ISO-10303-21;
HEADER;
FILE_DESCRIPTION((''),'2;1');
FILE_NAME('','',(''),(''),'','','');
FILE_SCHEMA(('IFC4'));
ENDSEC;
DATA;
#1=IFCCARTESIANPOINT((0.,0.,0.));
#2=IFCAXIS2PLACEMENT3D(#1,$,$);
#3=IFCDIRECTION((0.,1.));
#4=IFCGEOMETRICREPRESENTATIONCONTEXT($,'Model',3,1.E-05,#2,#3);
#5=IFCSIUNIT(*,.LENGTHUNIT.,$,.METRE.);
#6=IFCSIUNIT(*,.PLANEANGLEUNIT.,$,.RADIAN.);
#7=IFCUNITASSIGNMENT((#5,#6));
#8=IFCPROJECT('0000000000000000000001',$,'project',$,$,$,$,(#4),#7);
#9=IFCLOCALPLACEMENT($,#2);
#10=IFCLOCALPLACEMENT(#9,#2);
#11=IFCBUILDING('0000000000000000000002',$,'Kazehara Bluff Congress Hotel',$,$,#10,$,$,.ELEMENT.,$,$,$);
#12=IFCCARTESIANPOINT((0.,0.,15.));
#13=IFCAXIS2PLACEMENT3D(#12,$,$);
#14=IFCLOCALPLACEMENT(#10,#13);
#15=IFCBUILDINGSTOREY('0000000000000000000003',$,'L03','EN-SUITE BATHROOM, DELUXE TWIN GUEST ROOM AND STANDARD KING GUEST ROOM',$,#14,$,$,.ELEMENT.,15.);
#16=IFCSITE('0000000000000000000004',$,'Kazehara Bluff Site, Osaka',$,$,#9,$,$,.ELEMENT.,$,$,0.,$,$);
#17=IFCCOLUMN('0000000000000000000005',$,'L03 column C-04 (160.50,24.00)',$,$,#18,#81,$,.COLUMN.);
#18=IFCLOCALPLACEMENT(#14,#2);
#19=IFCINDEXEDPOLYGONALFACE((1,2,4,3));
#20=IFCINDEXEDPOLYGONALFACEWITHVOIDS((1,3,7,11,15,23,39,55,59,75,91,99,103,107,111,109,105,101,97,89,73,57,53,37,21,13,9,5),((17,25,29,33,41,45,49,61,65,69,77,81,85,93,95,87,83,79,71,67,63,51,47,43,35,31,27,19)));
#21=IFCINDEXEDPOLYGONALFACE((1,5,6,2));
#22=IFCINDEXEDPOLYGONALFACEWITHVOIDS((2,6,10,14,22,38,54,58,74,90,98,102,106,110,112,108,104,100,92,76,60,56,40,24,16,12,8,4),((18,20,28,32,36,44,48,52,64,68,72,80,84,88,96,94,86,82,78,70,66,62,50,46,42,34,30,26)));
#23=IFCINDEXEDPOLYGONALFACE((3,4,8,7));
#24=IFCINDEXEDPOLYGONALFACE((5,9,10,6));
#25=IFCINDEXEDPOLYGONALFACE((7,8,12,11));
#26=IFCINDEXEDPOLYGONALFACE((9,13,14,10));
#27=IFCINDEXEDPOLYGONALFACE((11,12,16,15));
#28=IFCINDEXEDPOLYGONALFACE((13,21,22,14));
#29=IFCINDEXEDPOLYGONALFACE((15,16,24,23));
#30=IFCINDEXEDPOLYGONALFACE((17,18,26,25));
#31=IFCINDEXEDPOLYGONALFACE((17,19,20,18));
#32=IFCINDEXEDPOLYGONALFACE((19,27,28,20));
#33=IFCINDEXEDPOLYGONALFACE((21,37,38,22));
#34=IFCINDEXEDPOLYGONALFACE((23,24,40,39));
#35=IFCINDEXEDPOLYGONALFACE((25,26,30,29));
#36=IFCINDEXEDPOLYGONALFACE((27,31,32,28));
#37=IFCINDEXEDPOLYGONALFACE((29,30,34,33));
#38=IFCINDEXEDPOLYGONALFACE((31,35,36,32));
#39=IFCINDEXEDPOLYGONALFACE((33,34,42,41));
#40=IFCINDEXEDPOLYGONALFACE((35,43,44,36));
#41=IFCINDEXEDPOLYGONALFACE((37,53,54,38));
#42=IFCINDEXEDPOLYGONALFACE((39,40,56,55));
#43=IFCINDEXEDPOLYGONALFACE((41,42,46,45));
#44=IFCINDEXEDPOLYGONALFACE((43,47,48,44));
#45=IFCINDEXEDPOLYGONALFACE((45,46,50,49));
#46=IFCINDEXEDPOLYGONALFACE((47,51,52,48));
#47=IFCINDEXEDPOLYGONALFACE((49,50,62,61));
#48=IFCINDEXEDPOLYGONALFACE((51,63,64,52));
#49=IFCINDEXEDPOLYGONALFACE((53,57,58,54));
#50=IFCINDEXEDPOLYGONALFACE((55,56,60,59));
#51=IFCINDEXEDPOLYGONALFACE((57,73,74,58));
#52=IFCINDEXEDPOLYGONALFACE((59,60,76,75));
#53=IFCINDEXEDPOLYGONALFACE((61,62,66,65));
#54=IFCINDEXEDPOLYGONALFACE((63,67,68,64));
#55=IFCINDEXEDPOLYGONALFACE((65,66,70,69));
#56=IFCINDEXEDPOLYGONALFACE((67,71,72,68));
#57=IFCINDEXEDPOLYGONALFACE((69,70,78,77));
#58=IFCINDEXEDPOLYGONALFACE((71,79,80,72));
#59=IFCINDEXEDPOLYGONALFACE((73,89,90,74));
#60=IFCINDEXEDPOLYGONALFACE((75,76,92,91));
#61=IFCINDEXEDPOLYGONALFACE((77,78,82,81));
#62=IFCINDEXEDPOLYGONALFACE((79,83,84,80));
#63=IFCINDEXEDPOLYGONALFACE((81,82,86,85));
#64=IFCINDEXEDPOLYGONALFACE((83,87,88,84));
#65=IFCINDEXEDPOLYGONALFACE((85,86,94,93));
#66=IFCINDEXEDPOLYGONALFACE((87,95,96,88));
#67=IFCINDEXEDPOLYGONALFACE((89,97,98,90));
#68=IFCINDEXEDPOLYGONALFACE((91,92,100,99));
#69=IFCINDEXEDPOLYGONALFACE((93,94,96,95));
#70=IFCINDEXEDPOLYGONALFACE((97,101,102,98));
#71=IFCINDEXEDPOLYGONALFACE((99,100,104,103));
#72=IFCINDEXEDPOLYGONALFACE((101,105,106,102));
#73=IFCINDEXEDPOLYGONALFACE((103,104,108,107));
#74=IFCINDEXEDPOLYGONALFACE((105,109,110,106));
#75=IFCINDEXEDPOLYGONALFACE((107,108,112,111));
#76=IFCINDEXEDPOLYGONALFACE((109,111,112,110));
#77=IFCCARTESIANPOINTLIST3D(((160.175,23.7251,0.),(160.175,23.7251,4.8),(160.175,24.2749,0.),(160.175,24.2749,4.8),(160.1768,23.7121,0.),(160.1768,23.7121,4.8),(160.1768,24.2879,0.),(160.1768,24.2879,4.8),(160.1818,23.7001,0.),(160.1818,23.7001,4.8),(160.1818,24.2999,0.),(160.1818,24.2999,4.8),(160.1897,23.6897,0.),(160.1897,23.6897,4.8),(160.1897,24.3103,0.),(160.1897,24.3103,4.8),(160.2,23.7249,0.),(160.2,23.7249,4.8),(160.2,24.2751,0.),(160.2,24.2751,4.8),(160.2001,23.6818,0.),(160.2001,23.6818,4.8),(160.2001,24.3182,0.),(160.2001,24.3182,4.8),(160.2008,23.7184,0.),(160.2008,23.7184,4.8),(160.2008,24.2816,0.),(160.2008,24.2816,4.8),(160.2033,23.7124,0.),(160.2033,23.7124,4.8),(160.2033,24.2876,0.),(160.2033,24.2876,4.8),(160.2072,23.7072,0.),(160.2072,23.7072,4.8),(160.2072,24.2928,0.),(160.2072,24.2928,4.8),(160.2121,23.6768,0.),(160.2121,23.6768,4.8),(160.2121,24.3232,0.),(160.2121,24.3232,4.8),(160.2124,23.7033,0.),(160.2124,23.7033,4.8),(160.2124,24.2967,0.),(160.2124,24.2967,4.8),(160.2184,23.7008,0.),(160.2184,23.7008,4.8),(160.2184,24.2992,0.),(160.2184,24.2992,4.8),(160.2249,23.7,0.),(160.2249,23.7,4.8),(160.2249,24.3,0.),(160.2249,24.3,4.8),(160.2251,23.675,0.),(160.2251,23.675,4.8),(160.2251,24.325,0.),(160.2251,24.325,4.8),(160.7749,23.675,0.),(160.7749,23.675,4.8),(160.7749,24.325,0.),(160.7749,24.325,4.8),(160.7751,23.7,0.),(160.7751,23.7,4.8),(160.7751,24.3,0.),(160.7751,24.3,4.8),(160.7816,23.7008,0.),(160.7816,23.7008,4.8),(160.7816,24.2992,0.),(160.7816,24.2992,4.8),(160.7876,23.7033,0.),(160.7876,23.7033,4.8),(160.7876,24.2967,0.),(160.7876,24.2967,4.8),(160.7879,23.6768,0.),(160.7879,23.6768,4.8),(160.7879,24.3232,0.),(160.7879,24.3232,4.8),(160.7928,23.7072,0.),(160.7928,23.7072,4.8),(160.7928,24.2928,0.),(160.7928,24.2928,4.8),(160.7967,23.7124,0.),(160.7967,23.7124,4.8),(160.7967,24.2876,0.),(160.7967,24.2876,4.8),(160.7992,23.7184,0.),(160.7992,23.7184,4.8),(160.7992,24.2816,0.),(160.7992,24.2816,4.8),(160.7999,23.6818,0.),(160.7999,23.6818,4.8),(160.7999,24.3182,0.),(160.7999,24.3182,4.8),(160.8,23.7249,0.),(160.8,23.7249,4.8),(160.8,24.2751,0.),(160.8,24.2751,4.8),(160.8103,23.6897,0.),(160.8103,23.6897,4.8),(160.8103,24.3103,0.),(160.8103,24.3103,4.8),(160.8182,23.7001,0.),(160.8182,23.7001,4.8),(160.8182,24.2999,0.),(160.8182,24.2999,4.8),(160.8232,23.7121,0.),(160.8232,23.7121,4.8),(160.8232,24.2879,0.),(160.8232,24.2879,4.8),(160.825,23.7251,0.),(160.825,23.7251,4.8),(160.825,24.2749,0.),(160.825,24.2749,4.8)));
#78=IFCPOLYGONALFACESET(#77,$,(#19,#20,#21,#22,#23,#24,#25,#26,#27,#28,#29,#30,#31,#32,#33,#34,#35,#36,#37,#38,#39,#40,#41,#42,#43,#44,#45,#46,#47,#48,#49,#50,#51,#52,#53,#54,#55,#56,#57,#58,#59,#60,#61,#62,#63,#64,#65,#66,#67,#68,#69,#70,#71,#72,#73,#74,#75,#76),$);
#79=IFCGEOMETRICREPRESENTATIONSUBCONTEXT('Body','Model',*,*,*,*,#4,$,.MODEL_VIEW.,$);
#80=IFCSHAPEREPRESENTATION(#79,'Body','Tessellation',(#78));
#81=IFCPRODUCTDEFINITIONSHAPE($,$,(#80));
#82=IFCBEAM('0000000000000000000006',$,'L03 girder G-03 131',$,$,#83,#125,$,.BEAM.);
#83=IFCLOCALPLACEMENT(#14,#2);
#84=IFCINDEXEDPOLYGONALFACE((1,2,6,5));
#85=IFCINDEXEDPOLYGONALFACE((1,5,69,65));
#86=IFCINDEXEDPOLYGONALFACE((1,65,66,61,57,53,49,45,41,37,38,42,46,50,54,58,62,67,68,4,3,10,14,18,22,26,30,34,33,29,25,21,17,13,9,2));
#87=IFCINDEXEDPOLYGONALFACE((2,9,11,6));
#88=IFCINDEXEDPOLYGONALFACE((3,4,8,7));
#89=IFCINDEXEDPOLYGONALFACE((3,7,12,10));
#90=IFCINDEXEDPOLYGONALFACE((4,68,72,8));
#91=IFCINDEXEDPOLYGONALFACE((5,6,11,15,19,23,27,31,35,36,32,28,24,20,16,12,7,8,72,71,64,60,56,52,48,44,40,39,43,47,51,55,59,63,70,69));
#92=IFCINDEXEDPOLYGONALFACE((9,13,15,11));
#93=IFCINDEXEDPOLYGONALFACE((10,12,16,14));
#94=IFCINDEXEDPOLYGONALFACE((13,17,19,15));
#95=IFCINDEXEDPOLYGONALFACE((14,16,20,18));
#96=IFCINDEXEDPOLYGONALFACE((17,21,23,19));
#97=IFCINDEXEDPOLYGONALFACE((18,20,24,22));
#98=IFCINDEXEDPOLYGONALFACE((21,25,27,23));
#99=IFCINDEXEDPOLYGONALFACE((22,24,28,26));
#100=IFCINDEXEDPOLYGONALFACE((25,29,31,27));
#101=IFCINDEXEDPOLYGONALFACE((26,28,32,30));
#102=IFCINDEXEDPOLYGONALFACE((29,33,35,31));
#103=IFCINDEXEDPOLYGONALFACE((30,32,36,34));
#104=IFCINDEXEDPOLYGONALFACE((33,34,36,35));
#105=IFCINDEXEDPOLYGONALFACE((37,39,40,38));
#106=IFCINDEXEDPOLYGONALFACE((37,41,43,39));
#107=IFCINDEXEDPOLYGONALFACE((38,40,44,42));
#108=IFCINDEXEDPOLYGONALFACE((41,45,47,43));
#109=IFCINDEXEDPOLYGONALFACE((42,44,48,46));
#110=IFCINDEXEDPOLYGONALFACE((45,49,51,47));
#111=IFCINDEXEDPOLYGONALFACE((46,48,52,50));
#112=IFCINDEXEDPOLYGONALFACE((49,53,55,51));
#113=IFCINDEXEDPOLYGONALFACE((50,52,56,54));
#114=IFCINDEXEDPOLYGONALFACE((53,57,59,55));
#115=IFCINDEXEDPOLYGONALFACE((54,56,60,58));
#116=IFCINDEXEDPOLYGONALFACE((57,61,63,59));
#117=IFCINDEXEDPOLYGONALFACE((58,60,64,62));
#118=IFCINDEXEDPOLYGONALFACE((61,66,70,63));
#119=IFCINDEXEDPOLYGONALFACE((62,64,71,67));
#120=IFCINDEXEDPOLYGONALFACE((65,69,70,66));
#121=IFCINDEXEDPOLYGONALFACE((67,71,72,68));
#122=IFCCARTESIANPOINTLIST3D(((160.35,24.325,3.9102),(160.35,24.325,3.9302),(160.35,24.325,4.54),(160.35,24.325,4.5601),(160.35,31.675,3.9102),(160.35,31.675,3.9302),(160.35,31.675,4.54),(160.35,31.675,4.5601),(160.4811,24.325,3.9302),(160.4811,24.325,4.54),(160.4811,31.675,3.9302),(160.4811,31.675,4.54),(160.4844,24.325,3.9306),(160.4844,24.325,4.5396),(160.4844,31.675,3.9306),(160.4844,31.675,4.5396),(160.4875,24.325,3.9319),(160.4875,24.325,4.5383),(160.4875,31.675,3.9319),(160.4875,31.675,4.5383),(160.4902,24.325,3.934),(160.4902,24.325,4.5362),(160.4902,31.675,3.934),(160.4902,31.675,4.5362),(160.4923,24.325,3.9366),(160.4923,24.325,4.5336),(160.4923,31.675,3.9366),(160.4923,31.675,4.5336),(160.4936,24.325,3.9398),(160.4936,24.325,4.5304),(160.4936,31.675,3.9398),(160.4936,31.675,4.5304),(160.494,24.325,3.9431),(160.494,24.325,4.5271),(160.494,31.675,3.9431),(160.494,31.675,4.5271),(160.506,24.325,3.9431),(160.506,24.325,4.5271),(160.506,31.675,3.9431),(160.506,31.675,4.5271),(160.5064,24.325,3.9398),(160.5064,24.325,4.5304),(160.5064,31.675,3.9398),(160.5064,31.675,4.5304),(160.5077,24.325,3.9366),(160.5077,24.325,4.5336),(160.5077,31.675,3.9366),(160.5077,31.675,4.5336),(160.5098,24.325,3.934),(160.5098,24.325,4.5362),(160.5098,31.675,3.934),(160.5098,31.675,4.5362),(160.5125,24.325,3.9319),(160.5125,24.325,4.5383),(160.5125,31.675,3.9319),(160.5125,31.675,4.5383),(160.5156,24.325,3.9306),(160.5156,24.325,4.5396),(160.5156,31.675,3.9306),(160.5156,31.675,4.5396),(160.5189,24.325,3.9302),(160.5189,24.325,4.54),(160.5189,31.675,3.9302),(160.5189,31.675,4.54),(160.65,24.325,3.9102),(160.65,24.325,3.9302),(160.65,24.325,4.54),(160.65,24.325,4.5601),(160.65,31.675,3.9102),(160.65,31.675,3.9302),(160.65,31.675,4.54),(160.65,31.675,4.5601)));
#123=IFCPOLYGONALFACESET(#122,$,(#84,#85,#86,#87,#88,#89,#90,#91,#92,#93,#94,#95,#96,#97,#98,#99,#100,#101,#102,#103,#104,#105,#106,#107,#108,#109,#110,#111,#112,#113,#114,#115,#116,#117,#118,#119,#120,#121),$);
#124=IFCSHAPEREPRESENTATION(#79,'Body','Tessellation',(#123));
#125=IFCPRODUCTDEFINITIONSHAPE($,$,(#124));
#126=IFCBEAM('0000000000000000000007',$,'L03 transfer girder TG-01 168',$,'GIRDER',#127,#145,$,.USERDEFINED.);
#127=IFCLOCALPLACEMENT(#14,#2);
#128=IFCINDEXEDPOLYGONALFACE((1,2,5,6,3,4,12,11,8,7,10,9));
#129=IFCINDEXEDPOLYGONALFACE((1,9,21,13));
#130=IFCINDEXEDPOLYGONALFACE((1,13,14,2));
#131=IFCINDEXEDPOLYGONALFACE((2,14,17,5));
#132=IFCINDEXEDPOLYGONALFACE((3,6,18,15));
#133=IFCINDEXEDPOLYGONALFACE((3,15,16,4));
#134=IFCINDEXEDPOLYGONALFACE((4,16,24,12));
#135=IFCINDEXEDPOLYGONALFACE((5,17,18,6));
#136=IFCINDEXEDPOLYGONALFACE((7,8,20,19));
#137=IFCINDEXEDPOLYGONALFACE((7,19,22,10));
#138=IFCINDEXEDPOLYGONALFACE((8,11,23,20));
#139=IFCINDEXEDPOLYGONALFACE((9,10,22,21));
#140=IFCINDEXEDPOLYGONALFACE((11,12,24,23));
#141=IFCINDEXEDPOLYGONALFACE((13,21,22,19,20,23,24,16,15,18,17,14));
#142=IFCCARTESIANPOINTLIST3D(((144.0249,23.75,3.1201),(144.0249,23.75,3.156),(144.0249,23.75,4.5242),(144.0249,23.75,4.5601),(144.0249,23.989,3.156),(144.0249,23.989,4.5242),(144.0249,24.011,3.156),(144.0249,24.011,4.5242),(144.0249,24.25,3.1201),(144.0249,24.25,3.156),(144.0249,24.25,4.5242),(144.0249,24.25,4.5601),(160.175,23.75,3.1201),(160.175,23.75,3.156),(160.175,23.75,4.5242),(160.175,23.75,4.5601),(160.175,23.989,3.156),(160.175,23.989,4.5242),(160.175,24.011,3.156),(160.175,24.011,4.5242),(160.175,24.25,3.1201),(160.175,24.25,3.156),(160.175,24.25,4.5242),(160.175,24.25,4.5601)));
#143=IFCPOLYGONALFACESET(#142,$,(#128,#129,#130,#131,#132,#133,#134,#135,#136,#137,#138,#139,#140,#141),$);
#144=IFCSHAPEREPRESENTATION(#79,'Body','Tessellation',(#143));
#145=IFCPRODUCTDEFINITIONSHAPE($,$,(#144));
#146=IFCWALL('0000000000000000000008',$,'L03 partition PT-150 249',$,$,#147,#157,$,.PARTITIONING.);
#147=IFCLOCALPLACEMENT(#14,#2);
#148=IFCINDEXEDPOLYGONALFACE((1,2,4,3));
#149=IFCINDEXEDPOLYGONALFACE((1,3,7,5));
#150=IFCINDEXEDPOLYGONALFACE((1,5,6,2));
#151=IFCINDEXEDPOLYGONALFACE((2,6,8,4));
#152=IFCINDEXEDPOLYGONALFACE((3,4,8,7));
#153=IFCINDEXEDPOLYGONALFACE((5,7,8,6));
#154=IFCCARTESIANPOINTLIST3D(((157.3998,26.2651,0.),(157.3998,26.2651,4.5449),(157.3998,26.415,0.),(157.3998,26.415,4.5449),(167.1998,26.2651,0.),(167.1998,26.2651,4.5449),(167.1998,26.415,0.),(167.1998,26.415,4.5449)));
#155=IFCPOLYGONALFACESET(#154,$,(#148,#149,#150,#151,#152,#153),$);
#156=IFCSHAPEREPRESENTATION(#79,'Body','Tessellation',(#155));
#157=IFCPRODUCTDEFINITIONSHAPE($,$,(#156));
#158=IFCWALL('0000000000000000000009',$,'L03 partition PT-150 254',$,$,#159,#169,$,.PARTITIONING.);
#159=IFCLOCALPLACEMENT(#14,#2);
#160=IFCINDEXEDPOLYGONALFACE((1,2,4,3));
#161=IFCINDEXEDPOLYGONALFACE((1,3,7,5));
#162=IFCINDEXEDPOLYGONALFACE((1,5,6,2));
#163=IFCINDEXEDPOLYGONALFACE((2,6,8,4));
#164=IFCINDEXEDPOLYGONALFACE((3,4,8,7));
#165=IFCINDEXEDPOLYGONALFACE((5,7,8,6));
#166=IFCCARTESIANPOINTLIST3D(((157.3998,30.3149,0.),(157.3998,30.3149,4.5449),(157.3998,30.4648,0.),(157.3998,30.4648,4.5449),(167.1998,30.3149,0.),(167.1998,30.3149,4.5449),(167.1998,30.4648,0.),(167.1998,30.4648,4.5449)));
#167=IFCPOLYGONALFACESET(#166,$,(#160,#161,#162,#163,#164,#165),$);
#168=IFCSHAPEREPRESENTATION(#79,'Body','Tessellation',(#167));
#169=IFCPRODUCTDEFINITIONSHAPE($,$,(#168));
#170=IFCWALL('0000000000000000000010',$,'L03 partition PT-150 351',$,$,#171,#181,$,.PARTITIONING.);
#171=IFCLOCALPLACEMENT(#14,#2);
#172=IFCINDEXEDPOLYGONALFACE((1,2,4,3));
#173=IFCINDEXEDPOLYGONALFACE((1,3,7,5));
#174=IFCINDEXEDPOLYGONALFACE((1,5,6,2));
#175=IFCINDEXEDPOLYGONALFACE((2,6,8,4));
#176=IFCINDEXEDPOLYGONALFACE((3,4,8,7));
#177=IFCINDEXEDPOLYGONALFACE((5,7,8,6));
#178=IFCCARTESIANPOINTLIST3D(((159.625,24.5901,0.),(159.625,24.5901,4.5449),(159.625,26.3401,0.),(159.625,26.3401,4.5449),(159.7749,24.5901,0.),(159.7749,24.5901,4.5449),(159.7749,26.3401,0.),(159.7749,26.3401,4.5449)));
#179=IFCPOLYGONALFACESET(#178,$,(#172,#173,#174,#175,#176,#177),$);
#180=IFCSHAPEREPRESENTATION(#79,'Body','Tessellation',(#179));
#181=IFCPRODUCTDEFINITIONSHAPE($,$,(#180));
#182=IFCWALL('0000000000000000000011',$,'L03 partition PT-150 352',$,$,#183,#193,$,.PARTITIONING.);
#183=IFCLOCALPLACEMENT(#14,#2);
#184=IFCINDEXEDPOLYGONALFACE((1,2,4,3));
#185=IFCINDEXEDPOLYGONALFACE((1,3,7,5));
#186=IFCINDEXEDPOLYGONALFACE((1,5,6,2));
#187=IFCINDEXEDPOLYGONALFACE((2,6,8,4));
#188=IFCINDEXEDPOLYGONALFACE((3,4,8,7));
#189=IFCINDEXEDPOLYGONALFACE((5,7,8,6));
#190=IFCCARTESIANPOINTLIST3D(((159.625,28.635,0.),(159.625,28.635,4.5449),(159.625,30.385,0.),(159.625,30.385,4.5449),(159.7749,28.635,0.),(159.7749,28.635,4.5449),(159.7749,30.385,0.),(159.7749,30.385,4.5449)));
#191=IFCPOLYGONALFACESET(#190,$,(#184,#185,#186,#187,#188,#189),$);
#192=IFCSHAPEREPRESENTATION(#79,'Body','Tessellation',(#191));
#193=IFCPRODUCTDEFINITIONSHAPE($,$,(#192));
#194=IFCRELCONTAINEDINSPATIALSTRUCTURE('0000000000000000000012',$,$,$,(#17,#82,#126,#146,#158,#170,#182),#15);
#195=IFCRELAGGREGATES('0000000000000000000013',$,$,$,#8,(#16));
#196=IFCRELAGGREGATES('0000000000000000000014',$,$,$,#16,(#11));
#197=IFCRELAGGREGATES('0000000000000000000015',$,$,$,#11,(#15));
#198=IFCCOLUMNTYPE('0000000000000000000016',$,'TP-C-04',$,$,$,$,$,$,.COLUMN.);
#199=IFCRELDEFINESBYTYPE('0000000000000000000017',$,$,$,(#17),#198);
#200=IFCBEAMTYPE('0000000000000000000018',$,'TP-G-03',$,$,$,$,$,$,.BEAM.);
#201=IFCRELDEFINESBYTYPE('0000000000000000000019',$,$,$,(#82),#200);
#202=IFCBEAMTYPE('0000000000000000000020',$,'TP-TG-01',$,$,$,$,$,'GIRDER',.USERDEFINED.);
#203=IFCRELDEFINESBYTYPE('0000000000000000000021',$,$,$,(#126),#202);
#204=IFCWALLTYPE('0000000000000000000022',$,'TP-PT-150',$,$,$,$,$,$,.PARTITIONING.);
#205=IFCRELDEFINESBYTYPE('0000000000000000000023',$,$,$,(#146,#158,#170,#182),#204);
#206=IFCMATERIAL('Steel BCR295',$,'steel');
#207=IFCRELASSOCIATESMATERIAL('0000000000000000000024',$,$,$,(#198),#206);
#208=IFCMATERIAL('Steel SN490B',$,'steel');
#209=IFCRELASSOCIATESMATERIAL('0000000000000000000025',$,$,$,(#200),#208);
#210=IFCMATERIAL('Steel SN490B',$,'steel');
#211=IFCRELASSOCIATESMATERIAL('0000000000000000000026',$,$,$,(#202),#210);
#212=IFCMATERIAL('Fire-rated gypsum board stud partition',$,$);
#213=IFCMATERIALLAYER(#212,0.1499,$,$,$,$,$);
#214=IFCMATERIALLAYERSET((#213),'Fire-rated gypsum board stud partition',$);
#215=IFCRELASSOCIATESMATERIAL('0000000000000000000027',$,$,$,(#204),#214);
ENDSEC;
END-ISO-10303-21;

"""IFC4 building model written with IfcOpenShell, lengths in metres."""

from ifc_helpers import new_model, si_unit, direction, frame, frame_2d, origin, origin_2d, place, context, subcontext, project, spatial, rectangle, hollow_rectangle, i_section, extrude, material, layer, layer_set, material_profile, profile_set, type_object, element, save


model = new_model("IFC4")

# Units and contexts
model_context = context("Model", 3, precision=1e-05, world=origin(), true_north=direction((0.0, 1.0)))
body_context = subcontext(model_context, "Body", "Model", "MODEL_VIEW")
ifc_project = project(units=[si_unit("LENGTHUNIT", "METRE"), si_unit("PLANEANGLEUNIT", "RADIAN")], contexts=[model_context])

# Site, building, storey
site_placement = place(None, origin())
site = spatial("IfcSite", under=ifc_project, at=site_placement, Name="Kazehara Bluff Site, Osaka", CompositionType="ELEMENT", RefElevation=0.0)
building_placement = place(site_placement, origin())
building = spatial("IfcBuilding", under=site, at=building_placement, Name="Kazehara Bluff Congress Hotel", CompositionType="ELEMENT")
storey_placement = place(building_placement, frame((0.0, 0.0, 15.0)))
storey = spatial("IfcBuildingStorey", under=building, at=storey_placement, Name="L03", Description="EN-SUITE BATHROOM, DELUXE TWIN GUEST ROOM AND STANDARD KING GUEST ROOM", CompositionType="ELEMENT", Elevation=15.0)

# Column
ifc_material_1 = material(Name="Steel BCR295", Category="steel")
ifc_material_profile_1 = material_profile(ifc_material_1, hollow_rectangle(XDim=0.6499, YDim=0.6499, WallThickness=0.0249, InnerFilletRadius=0.0249, OuterFilletRadius=0.05, at=origin_2d()))
ifc_profile_set_1 = profile_set([ifc_material_profile_1], Name="Steel BCR295")
column_type = type_object("IfcColumnType", Name="TP-C-04", PredefinedType="COLUMN", material=ifc_profile_set_1)
column_placement = place(storey_placement, frame((160.5, 24.0, 0.0), z_axis=(0.0, 0.0, 1.0), x_axis=(1.0, 0.0, 0.0)))
element("IfcColumn", 1, at=column_placement, inside=storey, type_object=column_type, Name="L03 column C-04 (160.50,24.00)", PredefinedType="COLUMN", context=body_context, shape_type="SweptSolid", body=[
    extrude(hollow_rectangle(XDim=0.6499, YDim=0.6499, WallThickness=0.0249, InnerFilletRadius=0.0249, OuterFilletRadius=0.05, at=origin_2d()), origin(), (0.0, 0.0, 1.0), 4.8),
])

# Beams
ifc_material_2 = material(Name="Steel SN490B", Category="steel")
ifc_material_profile_2 = material_profile(ifc_material_2, i_section(OverallWidth=0.3, OverallDepth=0.6499, WebThickness=0.012, FlangeThickness=0.02, FilletRadius=0.0129, at=origin_2d()))
ifc_profile_set_2 = profile_set([ifc_material_profile_2], Name="Steel SN490B")
beam_type_1 = type_object("IfcBeamType", Name="TP-G-03", PredefinedType="BEAM", material=ifc_profile_set_2)
beam_1_placement = place(storey_placement, frame((160.5, 24.325, 4.2351), z_axis=(0.0, 1.0, 0.0), x_axis=(-1.0, 0.0, 0.0)))
element("IfcBeam", 2, at=beam_1_placement, inside=storey, type_object=beam_type_1, Name="L03 girder G-03 131", PredefinedType="BEAM", context=body_context, shape_type="SweptSolid", body=[
    extrude(i_section(OverallWidth=0.3, OverallDepth=0.6499, WebThickness=0.012, FlangeThickness=0.02, FilletRadius=0.0129, at=origin_2d()), origin(), (0.0, 0.0, 1.0), 7.3501),
])
ifc_material_3 = material(Name="Steel SN490B", Category="steel")
ifc_material_profile_3 = material_profile(ifc_material_3, i_section(OverallWidth=0.5, OverallDepth=1.4399, WebThickness=0.022, FlangeThickness=0.0359, at=origin_2d()))
ifc_profile_set_3 = profile_set([ifc_material_profile_3], Name="Steel SN490B")
beam_type_2 = type_object("IfcBeamType", Name="TP-TG-01", ElementType="GIRDER", PredefinedType="USERDEFINED", material=ifc_profile_set_3)
beam_2_placement = place(storey_placement, frame((144.0249, 24.0, 3.8401), z_axis=(1.0, 0.0, 0.0), x_axis=(0.0, 1.0, 0.0)))
element("IfcBeam", 3, at=beam_2_placement, inside=storey, type_object=beam_type_2, Name="L03 transfer girder TG-01 168", ObjectType="GIRDER", PredefinedType="USERDEFINED", context=body_context, shape_type="SweptSolid", body=[
    extrude(i_section(OverallWidth=0.5, OverallDepth=1.4399, WebThickness=0.022, FlangeThickness=0.0359, at=origin_2d()), origin(), (0.0, 0.0, 1.0), 16.1501),
])

# Shared definitions
ifc_material_4 = material(Name="Fire-rated gypsum board stud partition")
ifc_layer_1 = layer(ifc_material_4, 0.1499)
ifc_layer_set_1 = layer_set([ifc_layer_1], Name="Fire-rated gypsum board stud partition")
wall_type_1 = type_object("IfcWallType", Name="TP-PT-150", PredefinedType="PARTITIONING", material=ifc_layer_set_1)

# Wall
wall_1_placement = place(storey_placement, frame((157.3999, 26.3401, 0.0), z_axis=(0.0, 0.0, 1.0), x_axis=(1.0, 0.0, 0.0)))
element("IfcWall", 4, at=wall_1_placement, inside=storey, type_object=wall_type_1, Name="L03 partition PT-150 249", PredefinedType="PARTITIONING", context=body_context, shape_type="SweptSolid", body=[
    extrude(rectangle(XDim=9.8, YDim=0.1499, at=frame_2d((4.8999, 0.0))), origin(), (0.0, 0.0, 1.0), 4.5449),
])

# Walls
wall_2_placement = place(storey_placement, frame((157.3999, 30.3899, 0.0), z_axis=(0.0, 0.0, 1.0), x_axis=(1.0, 0.0, 0.0)))
element("IfcWall", 5, at=wall_2_placement, inside=storey, type_object=wall_type_1, Name="L03 partition PT-150 254", PredefinedType="PARTITIONING", context=body_context, shape_type="SweptSolid", body=[
    extrude(rectangle(XDim=9.8, YDim=0.1499, at=frame_2d((4.8999, 0.0))), origin(), (0.0, 0.0, 1.0), 4.5449),
])
for number, where, z_axis, x_axis, name in (
    (6, (159.7, 24.5901, 0.0), (0.0, 0.0, 1.0), (0.0, 1.0, 0.0), "L03 partition PT-150 351"),
    (7, (159.7, 28.635, 0.0), (0.0, 0.0, 1.0), (0.0, 1.0, 0.0), "L03 partition PT-150 352"),
):
    element("IfcWall", number, at=place(storey_placement, frame(where, z_axis=z_axis, x_axis=x_axis)), inside=storey, type_object=wall_type_1, Name=name, PredefinedType="PARTITIONING", context=body_context, shape_type="SweptSolid", body=[
        extrude(rectangle(XDim=1.75, YDim=0.1499, at=frame_2d((0.875, 0.0))), origin(), (0.0, 0.0, 1.0), 4.5449),
    ])

save(model, "model.ifc")
